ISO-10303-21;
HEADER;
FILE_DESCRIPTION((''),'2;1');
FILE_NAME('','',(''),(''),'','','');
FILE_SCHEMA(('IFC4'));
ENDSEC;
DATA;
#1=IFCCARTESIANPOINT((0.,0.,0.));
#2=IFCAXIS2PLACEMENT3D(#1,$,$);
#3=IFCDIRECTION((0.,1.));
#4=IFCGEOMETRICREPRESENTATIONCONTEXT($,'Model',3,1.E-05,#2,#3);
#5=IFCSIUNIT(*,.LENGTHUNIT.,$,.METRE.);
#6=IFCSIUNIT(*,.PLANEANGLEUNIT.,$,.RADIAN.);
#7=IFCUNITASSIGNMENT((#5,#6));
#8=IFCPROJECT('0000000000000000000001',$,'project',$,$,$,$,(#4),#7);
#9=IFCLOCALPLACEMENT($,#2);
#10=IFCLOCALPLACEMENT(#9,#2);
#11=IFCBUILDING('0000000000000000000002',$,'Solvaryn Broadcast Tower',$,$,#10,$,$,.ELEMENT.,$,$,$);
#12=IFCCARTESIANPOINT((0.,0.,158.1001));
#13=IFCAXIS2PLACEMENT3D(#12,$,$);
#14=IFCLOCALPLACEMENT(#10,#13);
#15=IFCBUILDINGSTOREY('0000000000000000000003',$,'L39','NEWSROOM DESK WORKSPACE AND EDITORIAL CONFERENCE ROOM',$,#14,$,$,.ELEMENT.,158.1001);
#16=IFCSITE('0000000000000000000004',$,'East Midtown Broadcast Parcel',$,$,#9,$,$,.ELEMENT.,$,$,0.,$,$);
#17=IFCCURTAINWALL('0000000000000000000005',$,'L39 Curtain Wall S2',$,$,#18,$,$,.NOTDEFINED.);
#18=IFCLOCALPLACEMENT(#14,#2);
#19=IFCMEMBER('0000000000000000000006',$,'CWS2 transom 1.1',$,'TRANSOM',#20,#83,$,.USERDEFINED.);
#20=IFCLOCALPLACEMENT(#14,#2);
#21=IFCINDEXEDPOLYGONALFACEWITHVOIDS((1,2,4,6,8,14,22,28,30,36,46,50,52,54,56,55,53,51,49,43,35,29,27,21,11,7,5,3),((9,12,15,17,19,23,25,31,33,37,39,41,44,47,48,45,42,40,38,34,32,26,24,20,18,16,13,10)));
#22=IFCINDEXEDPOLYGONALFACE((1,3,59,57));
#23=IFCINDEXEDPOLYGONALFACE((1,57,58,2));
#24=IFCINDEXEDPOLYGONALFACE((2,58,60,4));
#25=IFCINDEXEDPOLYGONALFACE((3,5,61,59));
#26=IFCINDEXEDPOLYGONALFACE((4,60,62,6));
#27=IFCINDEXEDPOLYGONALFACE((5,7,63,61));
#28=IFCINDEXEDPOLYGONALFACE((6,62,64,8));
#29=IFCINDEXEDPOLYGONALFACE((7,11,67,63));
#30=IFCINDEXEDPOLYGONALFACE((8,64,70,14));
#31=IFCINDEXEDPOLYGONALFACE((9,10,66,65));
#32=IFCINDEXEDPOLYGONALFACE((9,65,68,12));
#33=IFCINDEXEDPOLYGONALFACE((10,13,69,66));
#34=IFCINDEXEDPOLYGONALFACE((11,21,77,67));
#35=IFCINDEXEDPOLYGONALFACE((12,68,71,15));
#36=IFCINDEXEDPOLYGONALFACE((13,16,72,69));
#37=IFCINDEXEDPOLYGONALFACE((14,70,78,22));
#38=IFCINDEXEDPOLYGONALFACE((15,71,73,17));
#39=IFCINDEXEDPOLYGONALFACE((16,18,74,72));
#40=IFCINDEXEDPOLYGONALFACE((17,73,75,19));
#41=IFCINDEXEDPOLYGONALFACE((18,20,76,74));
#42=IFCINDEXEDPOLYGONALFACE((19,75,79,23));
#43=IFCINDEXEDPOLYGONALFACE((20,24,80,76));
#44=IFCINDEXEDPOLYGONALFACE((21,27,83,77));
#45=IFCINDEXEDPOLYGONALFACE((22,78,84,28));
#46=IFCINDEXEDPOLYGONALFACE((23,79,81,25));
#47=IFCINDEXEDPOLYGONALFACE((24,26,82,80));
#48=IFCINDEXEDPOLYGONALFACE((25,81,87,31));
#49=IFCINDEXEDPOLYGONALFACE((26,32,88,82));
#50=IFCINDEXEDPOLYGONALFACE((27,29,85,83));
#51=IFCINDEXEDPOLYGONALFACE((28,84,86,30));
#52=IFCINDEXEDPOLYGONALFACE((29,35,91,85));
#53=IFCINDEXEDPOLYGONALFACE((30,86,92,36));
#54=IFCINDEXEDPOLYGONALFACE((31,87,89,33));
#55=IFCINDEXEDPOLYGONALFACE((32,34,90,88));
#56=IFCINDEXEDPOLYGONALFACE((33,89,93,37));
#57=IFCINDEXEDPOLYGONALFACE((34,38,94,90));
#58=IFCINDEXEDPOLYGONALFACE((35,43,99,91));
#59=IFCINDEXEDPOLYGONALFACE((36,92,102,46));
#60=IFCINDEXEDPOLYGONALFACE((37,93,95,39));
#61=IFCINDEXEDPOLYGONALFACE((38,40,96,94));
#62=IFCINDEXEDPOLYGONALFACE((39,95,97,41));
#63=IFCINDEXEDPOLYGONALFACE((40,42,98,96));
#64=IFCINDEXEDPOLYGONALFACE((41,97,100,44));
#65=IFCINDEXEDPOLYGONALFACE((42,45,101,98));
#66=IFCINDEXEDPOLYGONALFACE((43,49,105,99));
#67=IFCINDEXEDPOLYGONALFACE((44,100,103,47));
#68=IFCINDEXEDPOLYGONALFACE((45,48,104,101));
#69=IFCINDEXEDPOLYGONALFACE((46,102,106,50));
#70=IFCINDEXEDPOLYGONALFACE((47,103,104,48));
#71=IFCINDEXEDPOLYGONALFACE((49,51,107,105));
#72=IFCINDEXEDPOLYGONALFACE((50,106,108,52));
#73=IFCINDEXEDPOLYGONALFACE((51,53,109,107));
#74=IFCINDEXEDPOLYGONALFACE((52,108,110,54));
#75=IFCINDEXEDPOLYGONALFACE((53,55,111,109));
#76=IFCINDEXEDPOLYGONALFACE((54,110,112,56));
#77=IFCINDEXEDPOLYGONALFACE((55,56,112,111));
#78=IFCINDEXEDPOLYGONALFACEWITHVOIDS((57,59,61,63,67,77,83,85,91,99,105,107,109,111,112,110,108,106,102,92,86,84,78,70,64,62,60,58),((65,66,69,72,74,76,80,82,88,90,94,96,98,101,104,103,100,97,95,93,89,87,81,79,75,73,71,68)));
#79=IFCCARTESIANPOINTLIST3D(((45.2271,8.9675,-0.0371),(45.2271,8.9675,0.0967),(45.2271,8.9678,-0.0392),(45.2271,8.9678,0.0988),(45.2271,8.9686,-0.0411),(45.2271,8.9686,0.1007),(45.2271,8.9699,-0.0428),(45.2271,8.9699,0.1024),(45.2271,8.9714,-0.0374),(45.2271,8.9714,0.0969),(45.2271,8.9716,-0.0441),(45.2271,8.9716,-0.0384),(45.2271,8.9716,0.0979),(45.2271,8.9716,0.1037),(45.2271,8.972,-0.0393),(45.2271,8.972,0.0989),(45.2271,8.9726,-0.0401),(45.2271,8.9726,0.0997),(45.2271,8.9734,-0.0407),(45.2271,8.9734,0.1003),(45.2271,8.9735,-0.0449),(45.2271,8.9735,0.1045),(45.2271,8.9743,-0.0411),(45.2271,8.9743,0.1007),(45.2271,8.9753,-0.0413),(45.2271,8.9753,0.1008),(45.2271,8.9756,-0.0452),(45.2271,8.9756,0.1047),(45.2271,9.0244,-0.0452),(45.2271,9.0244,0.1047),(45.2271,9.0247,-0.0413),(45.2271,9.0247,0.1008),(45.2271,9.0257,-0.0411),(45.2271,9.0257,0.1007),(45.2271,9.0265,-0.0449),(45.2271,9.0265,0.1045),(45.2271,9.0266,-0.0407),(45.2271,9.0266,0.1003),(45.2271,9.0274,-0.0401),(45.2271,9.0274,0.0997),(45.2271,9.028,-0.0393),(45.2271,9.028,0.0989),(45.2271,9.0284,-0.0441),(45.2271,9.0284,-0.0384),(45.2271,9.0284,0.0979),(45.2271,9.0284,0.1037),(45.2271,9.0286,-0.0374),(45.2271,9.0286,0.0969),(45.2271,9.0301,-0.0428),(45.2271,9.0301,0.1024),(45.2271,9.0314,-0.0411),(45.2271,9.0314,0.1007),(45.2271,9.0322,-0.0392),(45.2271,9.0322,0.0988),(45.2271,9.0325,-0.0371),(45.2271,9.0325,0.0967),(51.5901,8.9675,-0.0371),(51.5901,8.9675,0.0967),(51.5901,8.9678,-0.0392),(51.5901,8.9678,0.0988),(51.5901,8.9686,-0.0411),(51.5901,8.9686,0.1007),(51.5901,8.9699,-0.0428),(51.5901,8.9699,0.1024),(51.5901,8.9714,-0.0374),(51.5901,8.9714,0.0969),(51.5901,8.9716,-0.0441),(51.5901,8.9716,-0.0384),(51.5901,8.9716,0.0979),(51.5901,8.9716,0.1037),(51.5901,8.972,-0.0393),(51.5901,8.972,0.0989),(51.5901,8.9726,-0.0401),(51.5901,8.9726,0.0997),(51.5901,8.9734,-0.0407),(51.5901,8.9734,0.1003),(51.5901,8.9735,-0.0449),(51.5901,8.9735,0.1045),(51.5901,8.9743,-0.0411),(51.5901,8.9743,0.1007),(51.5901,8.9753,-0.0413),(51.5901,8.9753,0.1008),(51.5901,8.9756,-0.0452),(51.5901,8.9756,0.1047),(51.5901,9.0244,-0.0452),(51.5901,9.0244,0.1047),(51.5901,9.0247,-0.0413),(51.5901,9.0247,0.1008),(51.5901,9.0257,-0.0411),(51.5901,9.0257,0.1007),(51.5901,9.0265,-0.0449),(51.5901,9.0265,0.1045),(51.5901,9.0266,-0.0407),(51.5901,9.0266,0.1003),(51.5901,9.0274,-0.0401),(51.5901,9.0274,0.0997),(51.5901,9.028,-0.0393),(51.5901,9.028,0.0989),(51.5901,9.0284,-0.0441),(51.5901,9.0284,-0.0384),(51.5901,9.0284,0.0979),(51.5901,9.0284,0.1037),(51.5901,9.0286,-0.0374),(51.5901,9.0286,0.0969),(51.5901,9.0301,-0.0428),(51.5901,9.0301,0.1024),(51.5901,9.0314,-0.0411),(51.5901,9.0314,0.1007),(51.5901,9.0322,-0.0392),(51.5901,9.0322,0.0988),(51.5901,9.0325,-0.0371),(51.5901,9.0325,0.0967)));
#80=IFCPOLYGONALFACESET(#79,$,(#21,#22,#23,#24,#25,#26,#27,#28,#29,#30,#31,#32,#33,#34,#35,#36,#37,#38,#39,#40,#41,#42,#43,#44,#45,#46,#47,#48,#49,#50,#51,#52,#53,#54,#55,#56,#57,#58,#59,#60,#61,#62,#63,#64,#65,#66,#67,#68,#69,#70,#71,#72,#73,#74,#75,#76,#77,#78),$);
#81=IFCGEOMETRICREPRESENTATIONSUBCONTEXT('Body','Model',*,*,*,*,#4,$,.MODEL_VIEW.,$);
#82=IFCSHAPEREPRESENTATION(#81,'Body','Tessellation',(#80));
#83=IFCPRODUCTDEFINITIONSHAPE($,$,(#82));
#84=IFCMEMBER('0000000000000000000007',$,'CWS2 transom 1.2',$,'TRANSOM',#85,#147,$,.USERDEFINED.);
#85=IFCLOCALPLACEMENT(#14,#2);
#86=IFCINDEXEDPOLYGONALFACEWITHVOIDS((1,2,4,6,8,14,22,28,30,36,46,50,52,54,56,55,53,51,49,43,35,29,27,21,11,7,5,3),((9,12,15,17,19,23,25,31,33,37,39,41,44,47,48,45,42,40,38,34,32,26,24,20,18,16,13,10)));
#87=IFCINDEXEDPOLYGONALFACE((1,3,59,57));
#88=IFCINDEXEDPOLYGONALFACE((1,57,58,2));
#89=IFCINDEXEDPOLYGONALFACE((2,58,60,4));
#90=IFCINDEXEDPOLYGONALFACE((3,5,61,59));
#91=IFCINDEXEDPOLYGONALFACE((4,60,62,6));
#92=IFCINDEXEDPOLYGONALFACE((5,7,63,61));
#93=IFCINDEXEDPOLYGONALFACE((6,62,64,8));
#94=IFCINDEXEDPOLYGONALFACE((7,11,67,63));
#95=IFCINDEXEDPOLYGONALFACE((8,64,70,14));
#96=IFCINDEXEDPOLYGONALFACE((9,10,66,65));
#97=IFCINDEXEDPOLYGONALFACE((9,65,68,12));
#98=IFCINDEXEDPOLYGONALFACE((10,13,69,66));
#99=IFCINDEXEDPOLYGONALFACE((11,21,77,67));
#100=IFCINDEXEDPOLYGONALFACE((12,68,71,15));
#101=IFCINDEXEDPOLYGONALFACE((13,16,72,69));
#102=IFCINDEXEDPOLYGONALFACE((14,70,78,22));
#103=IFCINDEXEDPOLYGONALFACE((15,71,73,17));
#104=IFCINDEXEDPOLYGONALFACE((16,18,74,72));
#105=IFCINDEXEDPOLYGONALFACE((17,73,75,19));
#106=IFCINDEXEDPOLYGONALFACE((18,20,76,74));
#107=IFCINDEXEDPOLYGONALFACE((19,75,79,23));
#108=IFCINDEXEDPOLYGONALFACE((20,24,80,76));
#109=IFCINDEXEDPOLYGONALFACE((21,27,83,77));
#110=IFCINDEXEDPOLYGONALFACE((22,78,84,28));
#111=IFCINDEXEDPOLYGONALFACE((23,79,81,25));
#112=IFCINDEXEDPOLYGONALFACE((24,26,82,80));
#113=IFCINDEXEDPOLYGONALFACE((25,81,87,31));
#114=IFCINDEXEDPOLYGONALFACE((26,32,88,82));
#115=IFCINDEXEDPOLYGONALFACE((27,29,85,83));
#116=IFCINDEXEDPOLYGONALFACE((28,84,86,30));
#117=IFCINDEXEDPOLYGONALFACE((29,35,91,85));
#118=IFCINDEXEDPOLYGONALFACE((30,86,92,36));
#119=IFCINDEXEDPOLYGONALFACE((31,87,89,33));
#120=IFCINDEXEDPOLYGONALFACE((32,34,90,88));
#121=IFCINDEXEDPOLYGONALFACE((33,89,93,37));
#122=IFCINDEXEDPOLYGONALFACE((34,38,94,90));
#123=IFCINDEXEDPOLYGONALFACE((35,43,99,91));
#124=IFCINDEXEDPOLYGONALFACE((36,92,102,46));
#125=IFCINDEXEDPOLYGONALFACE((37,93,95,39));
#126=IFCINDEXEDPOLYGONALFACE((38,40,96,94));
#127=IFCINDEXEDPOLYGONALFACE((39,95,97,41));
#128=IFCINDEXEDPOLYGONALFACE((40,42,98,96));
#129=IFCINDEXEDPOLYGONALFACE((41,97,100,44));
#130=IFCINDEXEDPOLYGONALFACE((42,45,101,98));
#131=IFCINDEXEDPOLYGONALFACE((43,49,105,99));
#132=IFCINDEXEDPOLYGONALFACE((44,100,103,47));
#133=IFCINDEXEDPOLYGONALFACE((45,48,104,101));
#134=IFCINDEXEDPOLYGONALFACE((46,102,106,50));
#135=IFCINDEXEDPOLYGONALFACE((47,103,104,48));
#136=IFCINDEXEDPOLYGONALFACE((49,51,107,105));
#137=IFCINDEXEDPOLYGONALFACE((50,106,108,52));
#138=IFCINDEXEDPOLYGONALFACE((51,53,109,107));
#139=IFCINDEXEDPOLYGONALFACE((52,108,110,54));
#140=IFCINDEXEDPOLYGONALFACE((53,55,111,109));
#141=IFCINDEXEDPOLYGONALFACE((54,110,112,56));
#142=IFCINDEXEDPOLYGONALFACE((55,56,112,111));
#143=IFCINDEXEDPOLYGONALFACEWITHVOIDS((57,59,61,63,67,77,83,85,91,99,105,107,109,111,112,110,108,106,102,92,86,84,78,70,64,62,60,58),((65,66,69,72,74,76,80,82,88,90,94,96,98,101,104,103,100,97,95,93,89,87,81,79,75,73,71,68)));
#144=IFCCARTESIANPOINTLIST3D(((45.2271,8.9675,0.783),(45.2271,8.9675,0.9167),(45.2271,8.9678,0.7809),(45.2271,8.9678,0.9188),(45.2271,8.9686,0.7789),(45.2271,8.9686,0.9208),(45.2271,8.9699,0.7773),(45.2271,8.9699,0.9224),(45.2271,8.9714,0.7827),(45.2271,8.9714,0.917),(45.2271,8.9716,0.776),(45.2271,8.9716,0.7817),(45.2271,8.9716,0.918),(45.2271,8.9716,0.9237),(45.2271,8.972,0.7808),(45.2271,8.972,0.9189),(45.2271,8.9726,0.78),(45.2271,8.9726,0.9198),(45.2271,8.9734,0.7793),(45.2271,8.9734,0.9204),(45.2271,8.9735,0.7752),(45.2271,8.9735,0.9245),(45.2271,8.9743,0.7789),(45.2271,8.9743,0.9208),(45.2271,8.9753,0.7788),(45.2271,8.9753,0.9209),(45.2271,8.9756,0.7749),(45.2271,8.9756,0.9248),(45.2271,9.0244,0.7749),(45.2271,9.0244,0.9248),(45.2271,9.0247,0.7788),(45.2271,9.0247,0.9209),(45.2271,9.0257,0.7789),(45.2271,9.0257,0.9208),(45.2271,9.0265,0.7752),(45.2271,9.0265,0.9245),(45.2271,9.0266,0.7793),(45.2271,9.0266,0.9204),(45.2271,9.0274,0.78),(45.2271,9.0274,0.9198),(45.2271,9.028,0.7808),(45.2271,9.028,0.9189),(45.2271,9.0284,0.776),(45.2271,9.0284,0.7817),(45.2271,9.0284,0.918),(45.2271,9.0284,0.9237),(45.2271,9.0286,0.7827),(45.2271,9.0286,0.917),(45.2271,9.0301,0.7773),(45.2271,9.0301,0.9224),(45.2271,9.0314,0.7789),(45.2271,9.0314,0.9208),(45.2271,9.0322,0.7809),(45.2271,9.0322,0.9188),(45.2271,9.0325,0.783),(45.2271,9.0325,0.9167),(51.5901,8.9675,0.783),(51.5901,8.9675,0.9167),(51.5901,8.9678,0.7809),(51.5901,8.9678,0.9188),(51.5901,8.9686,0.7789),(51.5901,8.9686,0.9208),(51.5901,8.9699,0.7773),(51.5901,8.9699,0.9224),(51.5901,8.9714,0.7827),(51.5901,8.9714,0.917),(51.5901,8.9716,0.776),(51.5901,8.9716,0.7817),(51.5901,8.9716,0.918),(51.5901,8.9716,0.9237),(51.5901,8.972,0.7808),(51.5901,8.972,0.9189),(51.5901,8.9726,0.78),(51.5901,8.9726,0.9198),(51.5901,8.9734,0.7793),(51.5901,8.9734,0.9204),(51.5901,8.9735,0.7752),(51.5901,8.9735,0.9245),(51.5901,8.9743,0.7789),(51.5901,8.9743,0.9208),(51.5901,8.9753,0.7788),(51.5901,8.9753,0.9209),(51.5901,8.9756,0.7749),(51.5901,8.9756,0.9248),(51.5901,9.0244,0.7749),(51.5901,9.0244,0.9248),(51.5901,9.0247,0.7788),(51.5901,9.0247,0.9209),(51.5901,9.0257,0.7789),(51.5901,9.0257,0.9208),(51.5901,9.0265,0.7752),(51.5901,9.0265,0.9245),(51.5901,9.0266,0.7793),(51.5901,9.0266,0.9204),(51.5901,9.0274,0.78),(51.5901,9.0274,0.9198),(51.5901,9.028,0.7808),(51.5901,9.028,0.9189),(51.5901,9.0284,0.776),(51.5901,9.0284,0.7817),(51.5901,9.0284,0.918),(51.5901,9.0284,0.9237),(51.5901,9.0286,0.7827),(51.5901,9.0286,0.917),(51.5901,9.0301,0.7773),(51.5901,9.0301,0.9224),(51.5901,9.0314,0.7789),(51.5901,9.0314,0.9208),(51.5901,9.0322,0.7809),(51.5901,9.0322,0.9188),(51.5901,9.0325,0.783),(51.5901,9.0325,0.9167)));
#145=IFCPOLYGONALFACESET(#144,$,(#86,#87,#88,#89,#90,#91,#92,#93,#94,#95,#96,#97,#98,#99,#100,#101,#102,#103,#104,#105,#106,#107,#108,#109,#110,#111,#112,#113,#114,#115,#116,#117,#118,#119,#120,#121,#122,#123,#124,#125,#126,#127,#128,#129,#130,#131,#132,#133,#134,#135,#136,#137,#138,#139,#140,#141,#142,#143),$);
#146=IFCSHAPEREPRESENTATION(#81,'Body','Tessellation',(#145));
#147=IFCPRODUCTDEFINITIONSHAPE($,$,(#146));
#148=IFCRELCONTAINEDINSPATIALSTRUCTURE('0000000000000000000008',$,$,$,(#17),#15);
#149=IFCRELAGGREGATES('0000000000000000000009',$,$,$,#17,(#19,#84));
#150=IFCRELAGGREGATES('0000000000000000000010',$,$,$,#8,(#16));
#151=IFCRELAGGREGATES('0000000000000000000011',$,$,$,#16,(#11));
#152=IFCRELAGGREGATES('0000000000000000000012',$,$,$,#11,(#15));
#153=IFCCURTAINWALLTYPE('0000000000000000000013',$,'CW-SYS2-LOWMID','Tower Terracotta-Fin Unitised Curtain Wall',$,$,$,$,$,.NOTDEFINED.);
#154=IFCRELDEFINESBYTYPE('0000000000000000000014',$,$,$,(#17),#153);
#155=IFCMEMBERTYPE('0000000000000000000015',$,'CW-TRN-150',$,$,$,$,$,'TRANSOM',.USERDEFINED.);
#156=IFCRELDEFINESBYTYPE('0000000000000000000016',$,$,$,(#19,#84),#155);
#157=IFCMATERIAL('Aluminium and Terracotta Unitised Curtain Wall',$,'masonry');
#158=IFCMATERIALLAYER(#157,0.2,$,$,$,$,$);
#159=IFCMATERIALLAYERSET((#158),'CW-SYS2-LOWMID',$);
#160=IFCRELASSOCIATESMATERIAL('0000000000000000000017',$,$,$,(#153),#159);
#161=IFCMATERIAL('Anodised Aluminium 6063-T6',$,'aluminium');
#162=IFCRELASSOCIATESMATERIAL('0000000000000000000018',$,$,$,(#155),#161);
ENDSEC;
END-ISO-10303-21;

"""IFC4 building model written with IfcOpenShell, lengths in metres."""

from ifc_helpers import new_model, si_unit, direction, frame, origin, origin_2d, place, context, subcontext, project, spatial, hollow_rectangle, extrude, material, layer, layer_set, material_profile, profile_set, type_object, element, aggregate, save


model = new_model("IFC4")

# Units and contexts
model_context = context("Model", 3, precision=1e-05, world=origin(), true_north=direction((0.0, 1.0)))
body_context = subcontext(model_context, "Body", "Model", "MODEL_VIEW")
ifc_project = project(units=[si_unit("LENGTHUNIT", "METRE"), si_unit("PLANEANGLEUNIT", "RADIAN")], contexts=[model_context])

# Site, building, storey
site_placement = place(None, origin())
site = spatial("IfcSite", under=ifc_project, at=site_placement, Name="East Midtown Broadcast Parcel", CompositionType="ELEMENT", RefElevation=0.0)
building_placement = place(site_placement, origin())
building = spatial("IfcBuilding", under=site, at=building_placement, Name="Solvaryn Broadcast Tower", CompositionType="ELEMENT")
storey_placement = place(building_placement, frame((0.0, 0.0, 158.1001)))
storey = spatial("IfcBuildingStorey", under=building, at=storey_placement, Name="L39", Description="NEWSROOM DESK WORKSPACE AND EDITORIAL CONFERENCE ROOM", CompositionType="ELEMENT", Elevation=158.1001)

# Curtain wall
ifc_material_1 = material(Name="Aluminium and Terracotta Unitised Curtain Wall", Category="masonry")
ifc_layer_1 = layer(ifc_material_1, 0.2)
ifc_layer_set_1 = layer_set([ifc_layer_1], Name="CW-SYS2-LOWMID")
curtain_wall_type = type_object("IfcCurtainWallType", Name="CW-SYS2-LOWMID", Description="Tower Terracotta-Fin Unitised Curtain Wall", PredefinedType="NOTDEFINED", material=ifc_layer_set_1)
curtain_wall_1_placement = place(storey_placement, origin())
curtain_wall_1 = element("IfcCurtainWall", 1, at=curtain_wall_1_placement, inside=storey, type_object=curtain_wall_type, Name="L39 Curtain Wall S2", PredefinedType="NOTDEFINED")

# Members
ifc_material_2 = material(Name="Anodised Aluminium 6063-T6", Category="aluminium")
ifc_material_profile_1 = material_profile(ifc_material_2, hollow_rectangle(XDim=0.0649, YDim=0.1499, WallThickness=0.0039, InnerFilletRadius=0.0039, OuterFilletRadius=0.0081, at=origin_2d()))
ifc_profile_set_1 = profile_set([ifc_material_profile_1], Name="Anodised Aluminium 6063-T6")
member_type_1 = type_object("IfcMemberType", Name="CW-TRN-150", ElementType="TRANSOM", PredefinedType="USERDEFINED", material=ifc_profile_set_1)
member_1_placement = place(storey_placement, frame((45.2271, 9.0, 0.0298), z_axis=(1.0, 0.0, 0.0), x_axis=(0.0, 1.0, 0.0)))
member_1 = element("IfcMember", 2, at=member_1_placement, type_object=member_type_1, Name="CWS2 transom 1.1", ObjectType="TRANSOM", PredefinedType="USERDEFINED", context=body_context, shape_type="SweptSolid", body=[
    extrude(hollow_rectangle(XDim=0.0649, YDim=0.1499, WallThickness=0.0039, InnerFilletRadius=0.0039, OuterFilletRadius=0.0081, at=origin_2d()), origin(), (0.0, 0.0, 1.0), 6.363),
])
member_2_placement = place(storey_placement, frame((45.2271, 9.0, 0.8499), z_axis=(1.0, 0.0, 0.0), x_axis=(0.0, 1.0, 0.0)))
member_2 = element("IfcMember", 3, at=member_2_placement, type_object=member_type_1, Name="CWS2 transom 1.2", ObjectType="TRANSOM", PredefinedType="USERDEFINED", context=body_context, shape_type="SweptSolid", body=[
    extrude(hollow_rectangle(XDim=0.0649, YDim=0.1499, WallThickness=0.0039, InnerFilletRadius=0.0039, OuterFilletRadius=0.0081, at=origin_2d()), origin(), (0.0, 0.0, 1.0), 6.363),
])

aggregate(curtain_wall_1, [member_1, member_2])

save(model, "model.ifc")
